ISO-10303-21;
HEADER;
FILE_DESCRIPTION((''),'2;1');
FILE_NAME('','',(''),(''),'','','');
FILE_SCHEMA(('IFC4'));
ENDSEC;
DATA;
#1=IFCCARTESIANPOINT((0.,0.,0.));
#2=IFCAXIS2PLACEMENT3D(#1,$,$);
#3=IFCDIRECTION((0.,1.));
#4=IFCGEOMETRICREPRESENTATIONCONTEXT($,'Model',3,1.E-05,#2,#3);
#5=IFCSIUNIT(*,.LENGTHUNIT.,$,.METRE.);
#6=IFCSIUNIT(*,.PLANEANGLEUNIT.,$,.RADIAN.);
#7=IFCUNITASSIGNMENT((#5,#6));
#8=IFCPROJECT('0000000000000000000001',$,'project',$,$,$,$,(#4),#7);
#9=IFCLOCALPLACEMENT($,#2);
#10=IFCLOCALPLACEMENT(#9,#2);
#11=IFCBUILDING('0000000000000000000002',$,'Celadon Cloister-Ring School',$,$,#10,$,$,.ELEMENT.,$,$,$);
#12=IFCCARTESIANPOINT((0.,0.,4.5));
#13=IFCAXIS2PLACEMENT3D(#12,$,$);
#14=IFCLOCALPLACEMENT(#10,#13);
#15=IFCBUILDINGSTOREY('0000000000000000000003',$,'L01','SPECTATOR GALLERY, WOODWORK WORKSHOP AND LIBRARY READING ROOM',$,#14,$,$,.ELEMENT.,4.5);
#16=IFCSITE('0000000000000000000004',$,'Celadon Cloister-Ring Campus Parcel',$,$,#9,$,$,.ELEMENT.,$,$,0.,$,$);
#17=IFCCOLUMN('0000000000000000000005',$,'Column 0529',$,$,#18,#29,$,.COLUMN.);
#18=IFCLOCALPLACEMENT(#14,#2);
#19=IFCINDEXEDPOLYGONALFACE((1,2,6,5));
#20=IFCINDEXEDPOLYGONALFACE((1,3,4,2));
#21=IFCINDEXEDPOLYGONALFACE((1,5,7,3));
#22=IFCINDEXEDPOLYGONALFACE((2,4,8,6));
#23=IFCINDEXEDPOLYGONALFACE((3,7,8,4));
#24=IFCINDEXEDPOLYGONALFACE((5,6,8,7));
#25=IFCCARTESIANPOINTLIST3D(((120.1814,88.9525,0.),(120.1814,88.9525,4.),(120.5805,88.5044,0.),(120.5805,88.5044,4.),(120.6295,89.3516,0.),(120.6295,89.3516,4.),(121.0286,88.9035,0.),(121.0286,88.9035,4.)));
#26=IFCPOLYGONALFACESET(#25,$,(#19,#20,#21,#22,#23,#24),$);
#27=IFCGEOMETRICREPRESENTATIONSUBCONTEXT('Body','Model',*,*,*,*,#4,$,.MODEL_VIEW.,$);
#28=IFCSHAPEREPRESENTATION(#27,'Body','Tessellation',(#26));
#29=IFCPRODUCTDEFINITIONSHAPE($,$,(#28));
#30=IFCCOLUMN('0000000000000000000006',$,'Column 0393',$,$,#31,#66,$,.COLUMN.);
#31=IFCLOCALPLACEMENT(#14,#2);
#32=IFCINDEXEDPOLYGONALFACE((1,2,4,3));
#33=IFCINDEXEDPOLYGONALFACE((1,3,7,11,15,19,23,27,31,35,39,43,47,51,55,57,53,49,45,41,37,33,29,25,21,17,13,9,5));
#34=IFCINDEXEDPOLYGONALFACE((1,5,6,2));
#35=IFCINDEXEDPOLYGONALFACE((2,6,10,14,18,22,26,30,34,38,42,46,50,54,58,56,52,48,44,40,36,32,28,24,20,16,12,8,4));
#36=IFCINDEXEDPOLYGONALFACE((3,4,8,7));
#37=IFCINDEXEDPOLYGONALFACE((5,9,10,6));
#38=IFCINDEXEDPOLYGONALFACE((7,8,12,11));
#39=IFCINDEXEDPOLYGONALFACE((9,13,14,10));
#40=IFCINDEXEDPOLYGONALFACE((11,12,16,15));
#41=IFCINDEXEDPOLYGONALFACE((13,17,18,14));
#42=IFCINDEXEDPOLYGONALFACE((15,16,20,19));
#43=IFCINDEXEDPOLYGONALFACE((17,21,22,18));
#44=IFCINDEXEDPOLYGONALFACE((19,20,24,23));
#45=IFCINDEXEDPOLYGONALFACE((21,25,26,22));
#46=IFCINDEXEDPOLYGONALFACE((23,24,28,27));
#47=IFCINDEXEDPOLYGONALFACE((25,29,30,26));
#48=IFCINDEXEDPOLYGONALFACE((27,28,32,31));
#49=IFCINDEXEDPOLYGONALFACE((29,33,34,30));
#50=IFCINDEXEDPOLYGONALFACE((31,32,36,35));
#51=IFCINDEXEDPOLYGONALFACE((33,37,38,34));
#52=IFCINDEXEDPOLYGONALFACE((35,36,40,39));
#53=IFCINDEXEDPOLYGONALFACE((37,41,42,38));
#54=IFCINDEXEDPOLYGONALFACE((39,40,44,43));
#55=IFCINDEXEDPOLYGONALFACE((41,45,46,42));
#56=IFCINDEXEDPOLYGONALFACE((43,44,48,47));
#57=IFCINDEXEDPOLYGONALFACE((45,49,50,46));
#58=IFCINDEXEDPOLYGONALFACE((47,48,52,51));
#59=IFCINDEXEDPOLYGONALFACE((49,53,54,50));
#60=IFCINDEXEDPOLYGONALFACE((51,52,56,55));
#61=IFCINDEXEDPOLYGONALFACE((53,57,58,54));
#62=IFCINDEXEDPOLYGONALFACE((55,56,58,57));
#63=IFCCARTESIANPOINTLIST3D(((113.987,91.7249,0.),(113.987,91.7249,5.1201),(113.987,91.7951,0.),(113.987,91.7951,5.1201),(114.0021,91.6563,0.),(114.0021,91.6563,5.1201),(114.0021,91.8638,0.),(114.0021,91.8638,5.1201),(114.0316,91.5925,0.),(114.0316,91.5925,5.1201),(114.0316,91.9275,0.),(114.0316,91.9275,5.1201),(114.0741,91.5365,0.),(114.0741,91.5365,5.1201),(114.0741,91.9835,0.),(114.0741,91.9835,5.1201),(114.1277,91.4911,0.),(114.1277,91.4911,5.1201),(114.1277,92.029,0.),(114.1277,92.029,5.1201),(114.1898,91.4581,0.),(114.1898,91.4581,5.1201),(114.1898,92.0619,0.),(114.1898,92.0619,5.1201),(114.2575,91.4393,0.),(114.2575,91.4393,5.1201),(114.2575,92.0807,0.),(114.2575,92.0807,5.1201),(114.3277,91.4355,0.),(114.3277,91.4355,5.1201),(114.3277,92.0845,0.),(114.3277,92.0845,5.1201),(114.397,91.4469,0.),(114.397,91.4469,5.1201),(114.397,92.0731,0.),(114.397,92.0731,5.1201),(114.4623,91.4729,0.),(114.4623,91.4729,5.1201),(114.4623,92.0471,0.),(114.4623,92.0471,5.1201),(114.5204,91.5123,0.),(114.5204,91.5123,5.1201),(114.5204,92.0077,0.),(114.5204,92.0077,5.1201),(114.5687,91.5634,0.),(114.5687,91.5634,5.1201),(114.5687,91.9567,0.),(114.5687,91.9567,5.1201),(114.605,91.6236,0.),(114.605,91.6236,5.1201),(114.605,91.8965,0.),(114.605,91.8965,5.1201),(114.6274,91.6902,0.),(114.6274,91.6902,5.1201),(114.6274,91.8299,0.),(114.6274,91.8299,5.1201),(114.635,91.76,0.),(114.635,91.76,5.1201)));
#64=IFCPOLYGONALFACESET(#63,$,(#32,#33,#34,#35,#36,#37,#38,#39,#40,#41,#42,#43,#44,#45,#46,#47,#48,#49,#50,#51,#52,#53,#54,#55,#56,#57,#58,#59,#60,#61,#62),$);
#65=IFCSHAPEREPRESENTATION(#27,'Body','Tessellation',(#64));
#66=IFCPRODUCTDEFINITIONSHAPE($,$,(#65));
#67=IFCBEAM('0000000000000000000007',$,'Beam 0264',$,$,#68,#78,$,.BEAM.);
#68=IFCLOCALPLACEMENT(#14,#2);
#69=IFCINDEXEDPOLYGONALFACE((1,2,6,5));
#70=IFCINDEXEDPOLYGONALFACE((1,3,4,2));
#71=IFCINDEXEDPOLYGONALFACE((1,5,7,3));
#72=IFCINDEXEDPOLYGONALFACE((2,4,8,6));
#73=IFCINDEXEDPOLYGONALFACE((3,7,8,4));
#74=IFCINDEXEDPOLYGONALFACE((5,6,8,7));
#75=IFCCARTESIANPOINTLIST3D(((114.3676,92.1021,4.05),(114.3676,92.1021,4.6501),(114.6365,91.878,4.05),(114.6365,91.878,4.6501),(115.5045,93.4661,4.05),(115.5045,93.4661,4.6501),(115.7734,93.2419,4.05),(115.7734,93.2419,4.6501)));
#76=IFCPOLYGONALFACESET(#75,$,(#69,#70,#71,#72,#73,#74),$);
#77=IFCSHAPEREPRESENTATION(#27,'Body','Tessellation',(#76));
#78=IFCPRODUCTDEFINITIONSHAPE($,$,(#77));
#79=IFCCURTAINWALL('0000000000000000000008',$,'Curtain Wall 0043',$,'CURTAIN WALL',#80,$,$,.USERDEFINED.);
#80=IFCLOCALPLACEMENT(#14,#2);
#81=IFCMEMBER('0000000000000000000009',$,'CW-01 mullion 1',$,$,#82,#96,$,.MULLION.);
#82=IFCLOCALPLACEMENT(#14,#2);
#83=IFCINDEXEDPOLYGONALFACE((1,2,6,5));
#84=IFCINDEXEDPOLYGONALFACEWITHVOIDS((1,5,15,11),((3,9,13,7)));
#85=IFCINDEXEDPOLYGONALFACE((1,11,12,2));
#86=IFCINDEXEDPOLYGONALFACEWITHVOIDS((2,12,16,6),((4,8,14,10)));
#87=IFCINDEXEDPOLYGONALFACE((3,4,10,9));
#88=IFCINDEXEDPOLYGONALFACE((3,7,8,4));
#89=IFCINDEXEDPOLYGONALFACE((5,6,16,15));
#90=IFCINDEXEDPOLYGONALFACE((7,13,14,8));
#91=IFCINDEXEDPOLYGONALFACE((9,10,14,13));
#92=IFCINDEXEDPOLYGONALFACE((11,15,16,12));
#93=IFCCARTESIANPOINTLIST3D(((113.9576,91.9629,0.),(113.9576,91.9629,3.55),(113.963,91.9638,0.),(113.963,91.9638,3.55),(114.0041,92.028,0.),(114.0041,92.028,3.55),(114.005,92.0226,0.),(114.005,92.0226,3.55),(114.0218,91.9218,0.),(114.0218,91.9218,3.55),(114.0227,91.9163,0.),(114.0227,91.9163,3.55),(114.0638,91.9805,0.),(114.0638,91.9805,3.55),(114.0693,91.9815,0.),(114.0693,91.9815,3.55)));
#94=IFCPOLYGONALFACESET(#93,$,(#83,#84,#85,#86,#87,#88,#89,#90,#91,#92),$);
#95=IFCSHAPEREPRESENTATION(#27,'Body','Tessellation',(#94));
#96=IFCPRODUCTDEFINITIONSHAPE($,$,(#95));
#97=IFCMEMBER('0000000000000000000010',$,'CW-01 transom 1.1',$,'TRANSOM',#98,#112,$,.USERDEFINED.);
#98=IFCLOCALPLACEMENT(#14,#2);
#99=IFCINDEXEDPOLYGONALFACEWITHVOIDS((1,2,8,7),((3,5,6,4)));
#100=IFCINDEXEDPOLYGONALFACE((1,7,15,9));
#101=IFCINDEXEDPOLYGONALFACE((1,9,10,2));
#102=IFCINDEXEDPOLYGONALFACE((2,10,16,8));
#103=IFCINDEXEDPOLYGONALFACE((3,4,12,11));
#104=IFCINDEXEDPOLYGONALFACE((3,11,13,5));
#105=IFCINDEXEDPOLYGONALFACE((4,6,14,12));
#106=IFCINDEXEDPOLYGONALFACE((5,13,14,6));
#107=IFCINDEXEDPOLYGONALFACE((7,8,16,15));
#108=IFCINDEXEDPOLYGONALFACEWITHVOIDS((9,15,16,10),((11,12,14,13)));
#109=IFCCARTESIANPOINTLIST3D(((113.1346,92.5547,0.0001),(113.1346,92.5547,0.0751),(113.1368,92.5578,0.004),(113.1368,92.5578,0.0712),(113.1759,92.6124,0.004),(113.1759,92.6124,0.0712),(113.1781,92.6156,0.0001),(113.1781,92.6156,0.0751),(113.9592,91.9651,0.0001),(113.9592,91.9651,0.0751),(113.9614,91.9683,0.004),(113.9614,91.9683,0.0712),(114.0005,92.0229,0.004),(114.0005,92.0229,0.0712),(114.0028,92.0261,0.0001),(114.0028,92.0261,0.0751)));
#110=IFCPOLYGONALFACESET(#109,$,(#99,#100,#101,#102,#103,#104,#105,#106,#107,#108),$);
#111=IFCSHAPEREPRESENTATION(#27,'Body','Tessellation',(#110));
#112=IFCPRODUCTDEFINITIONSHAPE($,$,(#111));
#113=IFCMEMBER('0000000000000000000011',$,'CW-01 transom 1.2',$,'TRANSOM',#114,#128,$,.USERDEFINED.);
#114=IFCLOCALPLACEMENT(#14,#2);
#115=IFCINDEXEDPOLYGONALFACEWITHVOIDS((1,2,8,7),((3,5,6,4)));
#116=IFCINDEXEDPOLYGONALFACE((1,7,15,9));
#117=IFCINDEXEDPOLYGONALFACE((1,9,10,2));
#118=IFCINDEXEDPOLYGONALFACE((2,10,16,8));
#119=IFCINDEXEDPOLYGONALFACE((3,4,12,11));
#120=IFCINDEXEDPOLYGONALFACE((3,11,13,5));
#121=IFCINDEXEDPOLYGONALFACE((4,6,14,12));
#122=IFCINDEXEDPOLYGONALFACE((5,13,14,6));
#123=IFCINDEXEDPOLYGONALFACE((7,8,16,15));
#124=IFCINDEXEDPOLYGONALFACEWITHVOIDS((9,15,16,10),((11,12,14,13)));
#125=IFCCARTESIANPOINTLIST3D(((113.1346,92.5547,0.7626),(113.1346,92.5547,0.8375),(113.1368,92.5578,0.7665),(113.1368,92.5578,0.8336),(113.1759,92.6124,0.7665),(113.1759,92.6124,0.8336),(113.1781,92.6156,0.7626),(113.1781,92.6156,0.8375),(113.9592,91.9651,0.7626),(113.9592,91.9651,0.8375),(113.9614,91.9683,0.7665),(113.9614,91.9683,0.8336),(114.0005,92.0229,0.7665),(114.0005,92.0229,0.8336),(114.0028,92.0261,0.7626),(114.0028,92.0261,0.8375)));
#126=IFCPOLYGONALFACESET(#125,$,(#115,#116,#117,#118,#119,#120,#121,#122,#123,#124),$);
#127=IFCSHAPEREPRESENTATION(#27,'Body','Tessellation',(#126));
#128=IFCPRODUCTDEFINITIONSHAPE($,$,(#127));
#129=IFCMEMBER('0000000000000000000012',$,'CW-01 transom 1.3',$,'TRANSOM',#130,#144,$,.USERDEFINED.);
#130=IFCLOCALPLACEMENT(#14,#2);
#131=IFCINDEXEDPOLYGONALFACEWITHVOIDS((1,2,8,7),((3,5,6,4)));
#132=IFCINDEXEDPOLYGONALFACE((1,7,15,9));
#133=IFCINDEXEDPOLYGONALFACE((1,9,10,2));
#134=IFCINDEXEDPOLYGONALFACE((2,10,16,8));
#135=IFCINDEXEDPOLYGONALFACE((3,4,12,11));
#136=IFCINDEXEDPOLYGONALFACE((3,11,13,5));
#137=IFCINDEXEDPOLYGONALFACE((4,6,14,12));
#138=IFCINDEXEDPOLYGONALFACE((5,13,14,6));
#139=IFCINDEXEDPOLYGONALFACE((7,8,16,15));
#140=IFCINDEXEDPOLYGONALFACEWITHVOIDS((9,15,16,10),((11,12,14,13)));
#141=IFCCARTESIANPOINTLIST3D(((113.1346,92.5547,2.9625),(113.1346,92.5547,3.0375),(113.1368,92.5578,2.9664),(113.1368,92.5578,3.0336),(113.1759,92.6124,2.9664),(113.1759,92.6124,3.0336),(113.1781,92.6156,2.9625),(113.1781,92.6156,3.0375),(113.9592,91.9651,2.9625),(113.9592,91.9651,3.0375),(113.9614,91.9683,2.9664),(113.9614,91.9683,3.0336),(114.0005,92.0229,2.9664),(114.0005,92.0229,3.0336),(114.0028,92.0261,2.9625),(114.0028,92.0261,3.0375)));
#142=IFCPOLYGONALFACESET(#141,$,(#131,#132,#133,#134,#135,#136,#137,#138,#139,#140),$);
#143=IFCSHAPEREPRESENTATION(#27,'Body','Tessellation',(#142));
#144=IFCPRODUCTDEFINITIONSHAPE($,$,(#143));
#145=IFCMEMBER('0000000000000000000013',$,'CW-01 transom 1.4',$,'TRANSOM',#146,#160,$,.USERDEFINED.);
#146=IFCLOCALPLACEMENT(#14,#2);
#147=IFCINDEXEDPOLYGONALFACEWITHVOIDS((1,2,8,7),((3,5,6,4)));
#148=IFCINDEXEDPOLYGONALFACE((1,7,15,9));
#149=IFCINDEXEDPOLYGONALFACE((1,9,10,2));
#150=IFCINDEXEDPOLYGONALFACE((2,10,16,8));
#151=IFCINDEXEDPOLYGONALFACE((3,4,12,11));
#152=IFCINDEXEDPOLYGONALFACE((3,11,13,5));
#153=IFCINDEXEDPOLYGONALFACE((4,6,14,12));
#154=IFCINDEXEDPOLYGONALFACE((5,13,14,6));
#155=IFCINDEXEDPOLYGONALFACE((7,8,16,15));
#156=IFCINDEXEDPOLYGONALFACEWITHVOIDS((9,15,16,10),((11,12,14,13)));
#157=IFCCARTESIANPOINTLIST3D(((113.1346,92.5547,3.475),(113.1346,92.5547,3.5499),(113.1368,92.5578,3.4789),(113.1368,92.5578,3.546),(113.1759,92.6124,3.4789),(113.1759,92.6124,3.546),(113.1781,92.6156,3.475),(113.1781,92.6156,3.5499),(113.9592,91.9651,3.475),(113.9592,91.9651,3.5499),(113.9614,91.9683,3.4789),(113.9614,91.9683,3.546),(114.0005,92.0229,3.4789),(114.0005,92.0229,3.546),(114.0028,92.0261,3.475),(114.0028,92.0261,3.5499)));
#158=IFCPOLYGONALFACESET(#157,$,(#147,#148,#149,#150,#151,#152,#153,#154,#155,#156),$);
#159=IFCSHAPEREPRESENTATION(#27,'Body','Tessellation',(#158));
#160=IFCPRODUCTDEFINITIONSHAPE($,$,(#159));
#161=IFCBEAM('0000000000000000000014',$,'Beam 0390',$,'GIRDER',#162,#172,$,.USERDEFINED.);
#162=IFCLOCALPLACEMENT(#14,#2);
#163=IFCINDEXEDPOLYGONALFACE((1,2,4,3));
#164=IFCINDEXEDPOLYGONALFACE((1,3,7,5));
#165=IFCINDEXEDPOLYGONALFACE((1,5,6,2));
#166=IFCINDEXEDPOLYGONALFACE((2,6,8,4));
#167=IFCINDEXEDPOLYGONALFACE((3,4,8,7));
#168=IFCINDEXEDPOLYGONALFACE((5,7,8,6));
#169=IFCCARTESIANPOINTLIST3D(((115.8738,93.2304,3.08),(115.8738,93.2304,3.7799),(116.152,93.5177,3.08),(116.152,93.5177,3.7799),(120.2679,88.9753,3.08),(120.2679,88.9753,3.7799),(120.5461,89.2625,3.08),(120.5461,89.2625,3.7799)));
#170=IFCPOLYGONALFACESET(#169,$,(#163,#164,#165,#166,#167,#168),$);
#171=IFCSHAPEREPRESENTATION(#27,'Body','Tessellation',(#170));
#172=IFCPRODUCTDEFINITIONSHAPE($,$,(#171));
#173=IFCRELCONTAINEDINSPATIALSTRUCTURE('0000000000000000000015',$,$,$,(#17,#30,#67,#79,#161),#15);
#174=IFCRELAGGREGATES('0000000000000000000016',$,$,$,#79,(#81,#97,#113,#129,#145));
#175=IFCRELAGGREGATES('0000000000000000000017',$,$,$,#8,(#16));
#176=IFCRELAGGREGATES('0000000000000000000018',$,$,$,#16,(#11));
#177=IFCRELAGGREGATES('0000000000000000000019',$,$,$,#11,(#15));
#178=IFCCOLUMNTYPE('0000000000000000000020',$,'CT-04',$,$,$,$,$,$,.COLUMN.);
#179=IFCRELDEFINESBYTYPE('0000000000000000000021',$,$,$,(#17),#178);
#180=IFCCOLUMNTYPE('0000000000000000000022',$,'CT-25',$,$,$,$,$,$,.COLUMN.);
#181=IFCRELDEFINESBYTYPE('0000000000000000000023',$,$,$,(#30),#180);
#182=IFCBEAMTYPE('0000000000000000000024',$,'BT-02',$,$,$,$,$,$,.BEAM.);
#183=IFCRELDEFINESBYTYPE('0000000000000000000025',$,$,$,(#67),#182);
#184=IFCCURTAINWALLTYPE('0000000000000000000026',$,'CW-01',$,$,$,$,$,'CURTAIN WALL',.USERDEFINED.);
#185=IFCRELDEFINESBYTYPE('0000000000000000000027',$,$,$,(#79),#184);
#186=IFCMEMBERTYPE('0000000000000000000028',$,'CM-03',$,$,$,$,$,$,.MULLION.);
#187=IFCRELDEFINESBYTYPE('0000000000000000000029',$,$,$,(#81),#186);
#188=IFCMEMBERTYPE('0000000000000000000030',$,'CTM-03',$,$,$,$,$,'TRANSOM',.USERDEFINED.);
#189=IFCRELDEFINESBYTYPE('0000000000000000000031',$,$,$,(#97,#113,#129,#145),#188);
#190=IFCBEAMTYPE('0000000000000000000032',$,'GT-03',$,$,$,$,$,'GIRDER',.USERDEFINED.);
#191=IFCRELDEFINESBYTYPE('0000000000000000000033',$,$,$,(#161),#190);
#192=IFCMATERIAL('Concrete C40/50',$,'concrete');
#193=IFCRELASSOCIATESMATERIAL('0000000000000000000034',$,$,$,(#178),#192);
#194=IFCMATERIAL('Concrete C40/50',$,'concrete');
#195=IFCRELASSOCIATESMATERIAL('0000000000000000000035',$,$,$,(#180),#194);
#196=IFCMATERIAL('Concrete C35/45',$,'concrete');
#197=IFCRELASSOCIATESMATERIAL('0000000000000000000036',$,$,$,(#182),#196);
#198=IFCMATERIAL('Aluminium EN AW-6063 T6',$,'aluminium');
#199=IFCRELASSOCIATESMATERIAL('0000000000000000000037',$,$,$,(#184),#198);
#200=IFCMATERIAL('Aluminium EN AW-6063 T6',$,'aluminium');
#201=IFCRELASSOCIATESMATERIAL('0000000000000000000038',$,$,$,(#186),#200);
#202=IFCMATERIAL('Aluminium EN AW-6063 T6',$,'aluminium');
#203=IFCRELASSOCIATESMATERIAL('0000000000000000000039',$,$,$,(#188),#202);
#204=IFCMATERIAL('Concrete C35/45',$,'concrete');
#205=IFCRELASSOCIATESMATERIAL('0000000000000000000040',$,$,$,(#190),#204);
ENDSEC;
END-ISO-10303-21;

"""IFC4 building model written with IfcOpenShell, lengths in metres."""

from ifc_helpers import new_model, si_unit, direction, frame, origin, origin_2d, place, context, subcontext, project, spatial, rectangle, hollow_rectangle, circle, extrude, material, material_profile, profile_set, type_object, element, aggregate, save


model = new_model("IFC4")

# Units and contexts
model_context = context("Model", 3, precision=1e-05, world=origin(), true_north=direction((0.0, 1.0)))
body_context = subcontext(model_context, "Body", "Model", "MODEL_VIEW")
ifc_project = project(units=[si_unit("LENGTHUNIT", "METRE"), si_unit("PLANEANGLEUNIT", "RADIAN")], contexts=[model_context])

# Site, building, storey
site_placement = place(None, origin())
site = spatial("IfcSite", under=ifc_project, at=site_placement, Name="Celadon Cloister-Ring Campus Parcel", CompositionType="ELEMENT", RefElevation=0.0)
building_placement = place(site_placement, origin())
building = spatial("IfcBuilding", under=site, at=building_placement, Name="Celadon Cloister-Ring School", CompositionType="ELEMENT")
storey_placement = place(building_placement, frame((0.0, 0.0, 4.5)))
storey = spatial("IfcBuildingStorey", under=building, at=storey_placement, Name="L01", Description="SPECTATOR GALLERY, WOODWORK WORKSHOP AND LIBRARY READING ROOM", CompositionType="ELEMENT", Elevation=4.5)

# Columns
ifc_material_1 = material(Name="Concrete C40/50", Category="concrete")
ifc_material_profile_1 = material_profile(ifc_material_1, rectangle(XDim=0.6001, YDim=0.6001, at=origin_2d()), Name="RC600X600")
ifc_profile_set_1 = profile_set([ifc_material_profile_1], Name="Concrete C40/50")
column_type_1 = type_object("IfcColumnType", Name="CT-04", PredefinedType="COLUMN", material=ifc_profile_set_1)
column_1_placement = place(storey_placement, frame((120.605, 88.928, 0.0), z_axis=(0.0, 0.0, 1.0), x_axis=(0.746777, 0.665074, 0.0)))
element("IfcColumn", 1, at=column_1_placement, inside=storey, type_object=column_type_1, Name="Column 0529", PredefinedType="COLUMN", context=body_context, shape_type="SweptSolid", body=[
    extrude(rectangle(XDim=0.6001, YDim=0.6001, at=origin_2d()), origin(), (0.0, 0.0, 1.0), 4.0),
])
ifc_material_2 = material(Name="Concrete C40/50", Category="concrete")
ifc_material_profile_2 = material_profile(ifc_material_2, circle(Radius=0.325, at=origin_2d()), Name="CIRC650")
ifc_profile_set_2 = profile_set([ifc_material_profile_2], Name="Concrete C40/50")
column_type_2 = type_object("IfcColumnType", Name="CT-25", PredefinedType="COLUMN", material=ifc_profile_set_2)
column_2_placement = place(storey_placement, frame((114.3101, 91.76, 0.0), z_axis=(0.0, 0.0, 1.0), x_axis=(1.0, 0.0, 0.0)))
element("IfcColumn", 2, at=column_2_placement, inside=storey, type_object=column_type_2, Name="Column 0393", PredefinedType="COLUMN", context=body_context, shape_type="SweptSolid", body=[
    extrude(circle(Radius=0.325, at=origin_2d()), origin(), (0.0, 0.0, 1.0), 5.1201),
])

# Beam
ifc_material_3 = material(Name="Concrete C35/45", Category="concrete")
ifc_material_profile_3 = material_profile(ifc_material_3, rectangle(XDim=0.3501, YDim=0.6001, at=origin_2d()), Name="RC350X600")
ifc_profile_set_3 = profile_set([ifc_material_profile_3], Name="Concrete C35/45")
beam_type_1 = type_object("IfcBeamType", Name="BT-02", PredefinedType="BEAM", material=ifc_profile_set_3)
beam_1_placement = place(storey_placement, frame((115.6389, 93.354, 4.3501), z_axis=(-0.640279, -0.768142, 0.0), x_axis=(0.768142, -0.640279, 0.0)))
element("IfcBeam", 3, at=beam_1_placement, inside=storey, type_object=beam_type_1, Name="Beam 0264", PredefinedType="BEAM", context=body_context, shape_type="SweptSolid", body=[
    extrude(rectangle(XDim=0.3501, YDim=0.6001, at=origin_2d()), origin(), (0.0, 0.0, 1.0), 1.7756),
])

# Curtain wall, members
ifc_material_4 = material(Name="Aluminium EN AW-6063 T6", Category="aluminium")
curtain_wall_type = type_object("IfcCurtainWallType", Name="CW-01", ElementType="CURTAIN WALL", PredefinedType="USERDEFINED", material=ifc_material_4)
curtain_wall_placement = place(storey_placement, origin())
curtain_wall = element("IfcCurtainWall", 4, at=curtain_wall_placement, inside=storey, type_object=curtain_wall_type, Name="Curtain Wall 0043", ObjectType="CURTAIN WALL", PredefinedType="USERDEFINED")
ifc_material_5 = material(Name="Aluminium EN AW-6063 T6", Category="aluminium")
ifc_material_profile_4 = material_profile(ifc_material_5, hollow_rectangle(XDim=0.0801, YDim=0.0801, WallThickness=0.0039, at=origin_2d()), Name="RHS80X80X4")
ifc_profile_set_4 = profile_set([ifc_material_profile_4], Name="Aluminium EN AW-6063 T6")
member_type_1 = type_object("IfcMemberType", Name="CM-03", PredefinedType="MULLION", material=ifc_profile_set_4)
member_1_placement = place(storey_placement, frame((114.0134, 91.9722, 0.0), z_axis=(0.0, 0.0, 1.0), x_axis=(-0.581555, -0.813507, 0.0)))
member_1 = element("IfcMember", 5, at=member_1_placement, type_object=member_type_1, Name="CW-01 mullion 1", PredefinedType="MULLION", context=body_context, shape_type="SweptSolid", body=[
    extrude(hollow_rectangle(XDim=0.0801, YDim=0.0801, WallThickness=0.0039, at=origin_2d()), origin(), (0.0, 0.0, 1.0), 3.55),
])
ifc_material_6 = material(Name="Aluminium EN AW-6063 T6", Category="aluminium")
ifc_material_profile_5 = material_profile(ifc_material_6, hollow_rectangle(XDim=0.075, YDim=0.075, WallThickness=0.0039, at=origin_2d()), Name="RHS75X75X4")
ifc_profile_set_5 = profile_set([ifc_material_profile_5], Name="Aluminium EN AW-6063 T6")
member_type_2 = type_object("IfcMemberType", Name="CTM-03", ElementType="TRANSOM", PredefinedType="USERDEFINED", material=ifc_profile_set_5)
member_2_placement = place(storey_placement, frame((113.981, 91.9956, 0.0376), z_axis=(-0.813489, 0.58158, 0.0), x_axis=(-0.58158, -0.813489, 0.0)))
member_2 = element("IfcMember", 6, at=member_2_placement, type_object=member_type_2, Name="CW-01 transom 1.1", ObjectType="TRANSOM", PredefinedType="USERDEFINED", context=body_context, shape_type="SweptSolid", body=[
    extrude(hollow_rectangle(XDim=0.075, YDim=0.075, WallThickness=0.0039, at=origin_2d()), origin(), (0.0, 0.0, 1.0), 1.0137),
])
member_3_placement = place(storey_placement, frame((113.981, 91.9956, 0.8), z_axis=(-0.813489, 0.58158, 0.0), x_axis=(-0.58158, -0.813489, 0.0)))
member_3 = element("IfcMember", 7, at=member_3_placement, type_object=member_type_2, Name="CW-01 transom 1.2", ObjectType="TRANSOM", PredefinedType="USERDEFINED", context=body_context, shape_type="SweptSolid", body=[
    extrude(hollow_rectangle(XDim=0.075, YDim=0.075, WallThickness=0.0039, at=origin_2d()), origin(), (0.0, 0.0, 1.0), 1.0137),
])
member_4_placement = place(storey_placement, frame((113.981, 91.9956, 3.0), z_axis=(-0.813489, 0.58158, 0.0), x_axis=(-0.58158, -0.813489, 0.0)))
member_4 = element("IfcMember", 8, at=member_4_placement, type_object=member_type_2, Name="CW-01 transom 1.3", ObjectType="TRANSOM", PredefinedType="USERDEFINED", context=body_context, shape_type="SweptSolid", body=[
    extrude(hollow_rectangle(XDim=0.075, YDim=0.075, WallThickness=0.0039, at=origin_2d()), origin(), (0.0, 0.0, 1.0), 1.0137),
])
member_5_placement = place(storey_placement, frame((113.981, 91.9956, 3.5125), z_axis=(-0.813489, 0.58158, 0.0), x_axis=(-0.58158, -0.813489, 0.0)))
member_5 = element("IfcMember", 9, at=member_5_placement, type_object=member_type_2, Name="CW-01 transom 1.4", ObjectType="TRANSOM", PredefinedType="USERDEFINED", context=body_context, shape_type="SweptSolid", body=[
    extrude(hollow_rectangle(XDim=0.075, YDim=0.075, WallThickness=0.0039, at=origin_2d()), origin(), (0.0, 0.0, 1.0), 1.0137),
])

# Beam
ifc_material_7 = material(Name="Concrete C35/45", Category="concrete")
ifc_material_profile_6 = material_profile(ifc_material_7, rectangle(XDim=0.3999, YDim=0.7, at=origin_2d()), Name="RC400X700")
ifc_profile_set_6 = profile_set([ifc_material_profile_6], Name="Concrete C35/45")
beam_type_2 = type_object("IfcBeamType", Name="GT-03", ElementType="GIRDER", PredefinedType="USERDEFINED", material=ifc_profile_set_6)
beam_2_placement = place(storey_placement, frame((120.407, 89.1189, 3.4299), z_axis=(-0.718371, 0.69566, 0.0), x_axis=(-0.69566, -0.718371, 0.0)))
element("IfcBeam", 10, at=beam_2_placement, inside=storey, type_object=beam_type_2, Name="Beam 0390", ObjectType="GIRDER", PredefinedType="USERDEFINED", context=body_context, shape_type="SweptSolid", body=[
    extrude(rectangle(XDim=0.3999, YDim=0.7, at=origin_2d()), origin(), (0.0, 0.0, 1.0), 6.1167),
])

aggregate(curtain_wall, [member_1, member_2, member_3, member_4, member_5])

save(model, "model.ifc")
